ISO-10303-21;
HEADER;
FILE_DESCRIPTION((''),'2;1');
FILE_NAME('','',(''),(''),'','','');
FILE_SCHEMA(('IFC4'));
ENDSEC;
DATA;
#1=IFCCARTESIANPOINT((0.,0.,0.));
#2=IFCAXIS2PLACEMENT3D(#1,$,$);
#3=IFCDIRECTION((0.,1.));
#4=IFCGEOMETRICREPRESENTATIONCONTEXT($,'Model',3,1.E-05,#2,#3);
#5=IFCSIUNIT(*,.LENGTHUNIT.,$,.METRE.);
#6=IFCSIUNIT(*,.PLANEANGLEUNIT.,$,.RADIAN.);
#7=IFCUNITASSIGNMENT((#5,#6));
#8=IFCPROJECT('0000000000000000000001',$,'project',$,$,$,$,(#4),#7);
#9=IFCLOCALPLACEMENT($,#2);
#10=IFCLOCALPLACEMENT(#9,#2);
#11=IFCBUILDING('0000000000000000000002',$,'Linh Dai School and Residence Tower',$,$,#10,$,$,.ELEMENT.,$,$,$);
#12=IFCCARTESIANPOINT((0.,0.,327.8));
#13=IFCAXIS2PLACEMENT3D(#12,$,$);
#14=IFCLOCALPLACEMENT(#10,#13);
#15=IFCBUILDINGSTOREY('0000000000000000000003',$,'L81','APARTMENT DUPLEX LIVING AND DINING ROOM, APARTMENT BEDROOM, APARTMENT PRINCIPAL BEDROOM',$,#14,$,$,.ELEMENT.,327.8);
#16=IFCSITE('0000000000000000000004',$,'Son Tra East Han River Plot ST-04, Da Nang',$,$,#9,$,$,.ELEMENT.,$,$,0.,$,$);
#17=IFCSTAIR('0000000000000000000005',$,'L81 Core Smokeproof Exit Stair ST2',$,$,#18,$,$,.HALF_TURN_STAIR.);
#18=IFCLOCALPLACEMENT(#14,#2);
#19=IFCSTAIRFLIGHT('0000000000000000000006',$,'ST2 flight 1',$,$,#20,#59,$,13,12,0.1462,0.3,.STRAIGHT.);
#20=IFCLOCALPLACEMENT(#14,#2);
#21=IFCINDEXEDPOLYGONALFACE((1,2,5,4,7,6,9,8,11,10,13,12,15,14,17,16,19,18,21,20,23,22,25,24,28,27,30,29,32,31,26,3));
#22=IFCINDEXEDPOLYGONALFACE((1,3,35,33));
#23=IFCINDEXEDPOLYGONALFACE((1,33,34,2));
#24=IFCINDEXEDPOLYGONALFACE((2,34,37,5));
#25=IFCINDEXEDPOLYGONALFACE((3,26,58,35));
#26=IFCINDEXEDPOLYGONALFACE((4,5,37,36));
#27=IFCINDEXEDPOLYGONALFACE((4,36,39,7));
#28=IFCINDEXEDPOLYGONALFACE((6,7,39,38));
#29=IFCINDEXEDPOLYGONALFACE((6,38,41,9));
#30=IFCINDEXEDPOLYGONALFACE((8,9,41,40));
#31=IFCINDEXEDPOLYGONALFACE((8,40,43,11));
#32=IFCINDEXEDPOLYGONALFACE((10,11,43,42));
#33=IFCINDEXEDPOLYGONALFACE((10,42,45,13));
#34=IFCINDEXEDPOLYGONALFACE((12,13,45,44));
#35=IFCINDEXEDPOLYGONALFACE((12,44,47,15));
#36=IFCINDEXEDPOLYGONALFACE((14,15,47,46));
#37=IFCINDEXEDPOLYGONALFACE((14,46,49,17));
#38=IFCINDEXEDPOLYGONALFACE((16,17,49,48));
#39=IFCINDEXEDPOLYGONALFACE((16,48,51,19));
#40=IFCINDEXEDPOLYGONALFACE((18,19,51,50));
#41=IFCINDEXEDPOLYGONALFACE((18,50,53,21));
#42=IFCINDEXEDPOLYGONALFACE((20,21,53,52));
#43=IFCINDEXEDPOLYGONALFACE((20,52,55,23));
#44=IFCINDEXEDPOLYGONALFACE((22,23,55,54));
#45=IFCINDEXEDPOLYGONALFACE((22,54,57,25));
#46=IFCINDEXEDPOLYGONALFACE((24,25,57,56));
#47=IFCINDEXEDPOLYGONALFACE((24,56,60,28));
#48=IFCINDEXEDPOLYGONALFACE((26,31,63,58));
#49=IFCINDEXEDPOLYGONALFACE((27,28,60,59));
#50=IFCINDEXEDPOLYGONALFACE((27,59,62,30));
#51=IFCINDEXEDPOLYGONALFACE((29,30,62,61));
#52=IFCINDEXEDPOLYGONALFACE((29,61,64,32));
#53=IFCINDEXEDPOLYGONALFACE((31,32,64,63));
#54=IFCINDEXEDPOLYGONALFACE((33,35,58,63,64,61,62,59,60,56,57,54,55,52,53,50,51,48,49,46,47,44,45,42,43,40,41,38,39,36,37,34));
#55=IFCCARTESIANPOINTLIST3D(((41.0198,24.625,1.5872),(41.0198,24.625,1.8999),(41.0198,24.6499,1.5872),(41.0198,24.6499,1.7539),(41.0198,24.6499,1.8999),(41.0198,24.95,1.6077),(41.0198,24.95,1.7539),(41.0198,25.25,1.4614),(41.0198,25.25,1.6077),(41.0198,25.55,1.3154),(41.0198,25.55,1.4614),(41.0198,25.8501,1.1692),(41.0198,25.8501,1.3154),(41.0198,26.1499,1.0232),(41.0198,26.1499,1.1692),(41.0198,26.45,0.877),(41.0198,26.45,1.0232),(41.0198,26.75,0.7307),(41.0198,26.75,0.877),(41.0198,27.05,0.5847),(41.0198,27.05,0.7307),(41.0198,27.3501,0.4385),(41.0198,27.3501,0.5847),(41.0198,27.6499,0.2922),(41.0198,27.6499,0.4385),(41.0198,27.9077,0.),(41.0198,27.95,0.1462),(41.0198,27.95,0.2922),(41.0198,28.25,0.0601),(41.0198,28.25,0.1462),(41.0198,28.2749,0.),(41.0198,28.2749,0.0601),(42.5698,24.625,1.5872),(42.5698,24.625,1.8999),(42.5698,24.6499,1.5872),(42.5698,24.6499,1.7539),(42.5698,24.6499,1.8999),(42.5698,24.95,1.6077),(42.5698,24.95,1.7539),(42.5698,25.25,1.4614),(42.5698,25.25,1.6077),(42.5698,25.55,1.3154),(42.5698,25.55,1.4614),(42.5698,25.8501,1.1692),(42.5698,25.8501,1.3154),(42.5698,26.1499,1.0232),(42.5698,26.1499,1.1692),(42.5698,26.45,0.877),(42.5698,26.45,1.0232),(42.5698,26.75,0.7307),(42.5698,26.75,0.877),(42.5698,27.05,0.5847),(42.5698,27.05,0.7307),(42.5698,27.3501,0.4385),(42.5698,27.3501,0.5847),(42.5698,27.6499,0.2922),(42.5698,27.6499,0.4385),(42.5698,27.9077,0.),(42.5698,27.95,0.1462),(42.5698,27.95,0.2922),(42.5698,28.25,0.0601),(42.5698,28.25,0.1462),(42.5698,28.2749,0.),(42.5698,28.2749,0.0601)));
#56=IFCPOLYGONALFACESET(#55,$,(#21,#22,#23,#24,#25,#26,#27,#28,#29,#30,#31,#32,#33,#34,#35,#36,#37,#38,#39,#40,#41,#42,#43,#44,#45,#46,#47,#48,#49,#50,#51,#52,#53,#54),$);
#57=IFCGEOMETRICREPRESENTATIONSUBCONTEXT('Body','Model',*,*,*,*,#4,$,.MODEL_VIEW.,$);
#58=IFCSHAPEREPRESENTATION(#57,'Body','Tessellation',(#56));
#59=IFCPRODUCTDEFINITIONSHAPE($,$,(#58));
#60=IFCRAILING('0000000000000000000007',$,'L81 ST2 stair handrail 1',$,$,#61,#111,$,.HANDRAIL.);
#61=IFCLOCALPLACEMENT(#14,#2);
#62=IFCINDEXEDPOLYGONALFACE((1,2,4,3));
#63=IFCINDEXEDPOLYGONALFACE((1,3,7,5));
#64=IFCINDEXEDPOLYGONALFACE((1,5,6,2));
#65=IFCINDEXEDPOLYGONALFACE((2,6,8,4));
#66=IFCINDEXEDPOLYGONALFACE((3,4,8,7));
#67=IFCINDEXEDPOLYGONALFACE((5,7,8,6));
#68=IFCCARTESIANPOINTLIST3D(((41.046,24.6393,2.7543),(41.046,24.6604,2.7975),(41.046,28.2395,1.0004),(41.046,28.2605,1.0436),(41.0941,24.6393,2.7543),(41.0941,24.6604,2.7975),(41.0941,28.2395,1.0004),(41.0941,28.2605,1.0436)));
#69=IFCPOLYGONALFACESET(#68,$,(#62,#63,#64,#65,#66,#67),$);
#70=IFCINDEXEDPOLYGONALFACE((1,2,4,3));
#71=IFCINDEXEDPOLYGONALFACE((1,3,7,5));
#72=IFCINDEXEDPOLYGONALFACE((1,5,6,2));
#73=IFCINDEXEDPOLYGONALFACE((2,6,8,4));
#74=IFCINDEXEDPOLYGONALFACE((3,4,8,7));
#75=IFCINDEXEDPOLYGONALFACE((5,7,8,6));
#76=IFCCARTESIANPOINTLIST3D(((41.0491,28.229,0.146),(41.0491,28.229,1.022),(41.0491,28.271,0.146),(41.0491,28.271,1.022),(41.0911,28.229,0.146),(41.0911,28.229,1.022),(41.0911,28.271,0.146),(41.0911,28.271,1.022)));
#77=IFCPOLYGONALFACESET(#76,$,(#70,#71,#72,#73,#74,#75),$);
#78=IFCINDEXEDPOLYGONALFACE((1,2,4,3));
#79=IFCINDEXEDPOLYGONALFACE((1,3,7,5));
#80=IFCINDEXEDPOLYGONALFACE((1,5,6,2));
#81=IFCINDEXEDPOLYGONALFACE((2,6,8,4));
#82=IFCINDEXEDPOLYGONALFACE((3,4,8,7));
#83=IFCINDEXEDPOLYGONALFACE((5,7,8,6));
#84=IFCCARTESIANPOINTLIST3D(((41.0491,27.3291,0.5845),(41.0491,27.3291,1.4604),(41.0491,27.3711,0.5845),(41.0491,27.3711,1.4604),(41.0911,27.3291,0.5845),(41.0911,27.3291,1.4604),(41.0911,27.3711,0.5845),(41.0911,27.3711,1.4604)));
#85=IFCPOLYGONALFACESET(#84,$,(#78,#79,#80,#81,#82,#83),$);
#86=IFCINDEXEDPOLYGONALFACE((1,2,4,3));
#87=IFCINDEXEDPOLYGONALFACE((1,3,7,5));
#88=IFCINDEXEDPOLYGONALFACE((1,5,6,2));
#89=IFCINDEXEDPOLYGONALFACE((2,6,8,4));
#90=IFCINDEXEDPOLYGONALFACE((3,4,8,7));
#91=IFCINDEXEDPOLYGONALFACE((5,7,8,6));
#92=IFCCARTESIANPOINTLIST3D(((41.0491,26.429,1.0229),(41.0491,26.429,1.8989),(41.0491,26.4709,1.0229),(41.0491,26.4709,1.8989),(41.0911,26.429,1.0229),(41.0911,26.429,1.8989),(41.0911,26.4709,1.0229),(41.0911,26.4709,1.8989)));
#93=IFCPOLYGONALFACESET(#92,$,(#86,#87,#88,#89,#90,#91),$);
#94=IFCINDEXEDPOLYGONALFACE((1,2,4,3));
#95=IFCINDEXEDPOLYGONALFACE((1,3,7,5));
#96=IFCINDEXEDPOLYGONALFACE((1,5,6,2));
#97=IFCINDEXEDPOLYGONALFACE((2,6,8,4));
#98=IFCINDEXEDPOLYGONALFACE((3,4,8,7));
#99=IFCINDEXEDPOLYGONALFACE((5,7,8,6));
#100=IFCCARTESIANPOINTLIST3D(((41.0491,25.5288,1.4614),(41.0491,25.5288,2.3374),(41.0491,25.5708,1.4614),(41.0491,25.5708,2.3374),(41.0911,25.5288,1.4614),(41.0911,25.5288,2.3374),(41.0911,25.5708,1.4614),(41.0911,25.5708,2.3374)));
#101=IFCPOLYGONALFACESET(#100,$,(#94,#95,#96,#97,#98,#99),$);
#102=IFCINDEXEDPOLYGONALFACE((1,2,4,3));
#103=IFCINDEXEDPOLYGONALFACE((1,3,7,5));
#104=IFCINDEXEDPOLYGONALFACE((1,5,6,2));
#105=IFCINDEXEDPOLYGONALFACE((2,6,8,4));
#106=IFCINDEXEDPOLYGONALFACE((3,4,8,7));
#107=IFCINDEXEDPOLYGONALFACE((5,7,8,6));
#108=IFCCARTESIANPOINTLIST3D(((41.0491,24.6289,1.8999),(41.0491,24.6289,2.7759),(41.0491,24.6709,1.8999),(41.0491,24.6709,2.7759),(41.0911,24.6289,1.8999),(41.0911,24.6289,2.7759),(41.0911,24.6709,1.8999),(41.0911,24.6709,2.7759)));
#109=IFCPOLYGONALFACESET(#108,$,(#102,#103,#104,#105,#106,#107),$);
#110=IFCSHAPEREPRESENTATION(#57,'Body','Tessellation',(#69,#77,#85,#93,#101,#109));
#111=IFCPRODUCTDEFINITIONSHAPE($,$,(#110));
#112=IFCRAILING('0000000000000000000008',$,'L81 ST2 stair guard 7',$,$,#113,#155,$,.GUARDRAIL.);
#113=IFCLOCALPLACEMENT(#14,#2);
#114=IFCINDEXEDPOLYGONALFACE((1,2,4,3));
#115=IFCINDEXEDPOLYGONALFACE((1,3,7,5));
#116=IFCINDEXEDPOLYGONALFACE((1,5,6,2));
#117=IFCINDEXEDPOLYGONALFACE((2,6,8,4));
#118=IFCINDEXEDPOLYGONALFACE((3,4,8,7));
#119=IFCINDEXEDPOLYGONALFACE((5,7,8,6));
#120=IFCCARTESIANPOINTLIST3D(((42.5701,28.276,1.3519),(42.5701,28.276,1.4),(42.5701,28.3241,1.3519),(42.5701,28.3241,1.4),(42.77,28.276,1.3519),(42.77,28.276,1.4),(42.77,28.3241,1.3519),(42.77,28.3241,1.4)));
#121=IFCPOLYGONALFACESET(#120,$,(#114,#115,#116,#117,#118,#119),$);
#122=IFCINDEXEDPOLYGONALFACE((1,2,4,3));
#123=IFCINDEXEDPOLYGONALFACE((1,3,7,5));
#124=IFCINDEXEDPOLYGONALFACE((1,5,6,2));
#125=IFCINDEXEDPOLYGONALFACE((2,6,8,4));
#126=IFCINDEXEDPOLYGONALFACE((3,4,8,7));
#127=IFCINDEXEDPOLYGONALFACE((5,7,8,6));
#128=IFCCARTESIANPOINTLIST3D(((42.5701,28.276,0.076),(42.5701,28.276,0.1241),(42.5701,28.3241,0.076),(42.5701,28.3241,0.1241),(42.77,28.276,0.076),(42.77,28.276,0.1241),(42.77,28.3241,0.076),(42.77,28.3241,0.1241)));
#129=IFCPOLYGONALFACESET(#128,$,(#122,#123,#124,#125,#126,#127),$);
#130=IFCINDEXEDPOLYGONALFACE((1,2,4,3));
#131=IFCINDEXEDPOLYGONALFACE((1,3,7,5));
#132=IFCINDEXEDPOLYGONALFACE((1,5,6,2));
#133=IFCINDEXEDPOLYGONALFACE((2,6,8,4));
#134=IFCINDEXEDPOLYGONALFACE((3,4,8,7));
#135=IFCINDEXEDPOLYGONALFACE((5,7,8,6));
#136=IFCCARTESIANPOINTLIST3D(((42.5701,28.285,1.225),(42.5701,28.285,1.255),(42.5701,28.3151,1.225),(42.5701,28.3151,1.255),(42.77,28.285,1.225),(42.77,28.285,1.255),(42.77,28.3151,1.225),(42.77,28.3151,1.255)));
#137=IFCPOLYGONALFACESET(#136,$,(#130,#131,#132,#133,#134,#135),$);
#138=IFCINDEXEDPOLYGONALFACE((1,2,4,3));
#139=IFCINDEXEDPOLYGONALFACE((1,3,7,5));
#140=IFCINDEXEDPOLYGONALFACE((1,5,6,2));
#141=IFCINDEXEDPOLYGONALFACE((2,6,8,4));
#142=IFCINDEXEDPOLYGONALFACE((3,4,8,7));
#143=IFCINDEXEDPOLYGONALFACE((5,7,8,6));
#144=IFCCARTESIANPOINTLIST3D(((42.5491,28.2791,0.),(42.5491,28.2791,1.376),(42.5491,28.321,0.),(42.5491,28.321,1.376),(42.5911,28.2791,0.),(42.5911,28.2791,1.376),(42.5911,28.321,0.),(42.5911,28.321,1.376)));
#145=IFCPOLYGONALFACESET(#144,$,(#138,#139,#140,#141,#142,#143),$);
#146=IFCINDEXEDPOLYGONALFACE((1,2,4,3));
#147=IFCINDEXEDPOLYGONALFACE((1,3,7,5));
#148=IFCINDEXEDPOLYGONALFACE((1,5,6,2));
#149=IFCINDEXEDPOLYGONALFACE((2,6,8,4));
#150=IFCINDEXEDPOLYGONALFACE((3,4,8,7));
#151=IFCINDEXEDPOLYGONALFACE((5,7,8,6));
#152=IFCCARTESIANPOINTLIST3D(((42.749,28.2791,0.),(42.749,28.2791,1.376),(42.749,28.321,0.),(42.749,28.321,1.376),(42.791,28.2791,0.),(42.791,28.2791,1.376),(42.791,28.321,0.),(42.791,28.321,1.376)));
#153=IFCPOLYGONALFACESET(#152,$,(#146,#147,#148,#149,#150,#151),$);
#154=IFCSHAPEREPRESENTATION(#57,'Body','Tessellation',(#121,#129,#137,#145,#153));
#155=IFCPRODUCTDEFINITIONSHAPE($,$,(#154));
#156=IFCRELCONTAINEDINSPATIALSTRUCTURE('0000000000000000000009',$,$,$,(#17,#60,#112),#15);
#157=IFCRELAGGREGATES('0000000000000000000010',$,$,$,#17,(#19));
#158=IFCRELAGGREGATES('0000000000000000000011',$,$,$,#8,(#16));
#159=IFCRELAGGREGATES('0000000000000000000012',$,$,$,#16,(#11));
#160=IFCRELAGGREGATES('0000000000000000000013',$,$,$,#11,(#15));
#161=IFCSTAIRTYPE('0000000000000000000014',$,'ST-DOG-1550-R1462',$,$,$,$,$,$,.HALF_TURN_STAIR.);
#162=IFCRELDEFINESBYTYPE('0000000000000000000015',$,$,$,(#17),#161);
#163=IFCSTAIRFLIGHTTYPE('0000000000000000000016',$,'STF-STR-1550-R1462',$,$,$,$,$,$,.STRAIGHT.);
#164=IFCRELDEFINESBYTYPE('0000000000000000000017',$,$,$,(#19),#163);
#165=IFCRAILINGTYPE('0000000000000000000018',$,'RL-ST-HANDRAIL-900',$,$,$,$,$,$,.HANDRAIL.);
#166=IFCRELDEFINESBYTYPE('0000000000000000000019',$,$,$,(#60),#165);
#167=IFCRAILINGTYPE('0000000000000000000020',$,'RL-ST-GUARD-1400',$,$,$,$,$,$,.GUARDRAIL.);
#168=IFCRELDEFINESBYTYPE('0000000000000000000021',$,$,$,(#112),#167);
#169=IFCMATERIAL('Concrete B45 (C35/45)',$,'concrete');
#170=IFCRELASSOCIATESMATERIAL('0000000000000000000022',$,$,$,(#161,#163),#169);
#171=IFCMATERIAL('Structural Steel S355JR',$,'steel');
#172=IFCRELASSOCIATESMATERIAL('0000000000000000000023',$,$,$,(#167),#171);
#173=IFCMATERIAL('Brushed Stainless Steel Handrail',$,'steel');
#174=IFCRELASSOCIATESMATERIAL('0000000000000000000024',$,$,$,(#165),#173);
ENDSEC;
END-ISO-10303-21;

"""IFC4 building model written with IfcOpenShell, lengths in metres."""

from ifc_helpers import new_model, si_unit, direction, frame, origin, origin_2d, place, context, subcontext, project, spatial, polyline, rectangle, outline, extrude, source, transform, mapped, material, type_object, element, aggregate, save


model = new_model("IFC4")

# Units and contexts
model_context = context("Model", 3, precision=1e-05, world=origin(), true_north=direction((0.0, 1.0)))
body_context = subcontext(model_context, "Body", "Model", "MODEL_VIEW")
ifc_project = project(units=[si_unit("LENGTHUNIT", "METRE"), si_unit("PLANEANGLEUNIT", "RADIAN")], contexts=[model_context])

# Site, building, storey
site_placement = place(None, origin())
site = spatial("IfcSite", under=ifc_project, at=site_placement, Name="Son Tra East Han River Plot ST-04, Da Nang", CompositionType="ELEMENT", RefElevation=0.0)
building_placement = place(site_placement, origin())
building = spatial("IfcBuilding", under=site, at=building_placement, Name="Linh Dai School and Residence Tower", CompositionType="ELEMENT")
storey_placement = place(building_placement, frame((0.0, 0.0, 327.8)))
storey = spatial("IfcBuildingStorey", under=building, at=storey_placement, Name="L81", Description="APARTMENT DUPLEX LIVING AND DINING ROOM, APARTMENT BEDROOM, APARTMENT PRINCIPAL BEDROOM", CompositionType="ELEMENT", Elevation=327.8)

# Shared definitions
ifc_material_1 = material(Name="Structural Steel S355JR", Category="steel")

# Shared definitions
ifc_material_2 = material(Name="Concrete B45 (C35/45)", Category="concrete")

# Stair, stair flight
stair_type = type_object("IfcStairType", Name="ST-DOG-1550-R1462", PredefinedType="HALF_TURN_STAIR", material=ifc_material_2)
stair_placement = place(storey_placement, origin())
stair = element("IfcStair", 1, at=stair_placement, inside=storey, type_object=stair_type, Name="L81 Core Smokeproof Exit Stair ST2", PredefinedType="HALF_TURN_STAIR")
stair_flight_type = type_object("IfcStairFlightType", Name="STF-STR-1550-R1462", PredefinedType="STRAIGHT", material=ifc_material_2)
shared_shape_1 = source(origin(), body_context, "Body", "SweptSolid", [
    extrude(outline(polyline([(-0.0249, 0.0), (-0.0249, 0.0601), (0.0, 0.0601), (0.0, 0.1462), (0.3, 0.1462), (0.3, 0.2922), (0.6001, 0.2922), (0.6001, 0.4385), (0.8999, 0.4385), (0.8999, 0.5847), (1.2, 0.5847), (1.2, 0.7307), (1.5, 0.7307), (1.5, 0.877), (1.8, 0.877), (1.8, 1.0232), (2.1001, 1.0232), (2.1001, 1.1692), (2.3999, 1.1692), (2.3999, 1.3154), (2.7, 1.3154), (2.7, 1.4614), (3.0, 1.4614), (3.0, 1.6077), (3.3, 1.6077), (3.3, 1.7539), (3.6001, 1.7539), (3.6001, 1.8999), (3.625, 1.8999), (3.625, 1.5872), (3.6001, 1.5872), (0.3423, 0.0), (-0.0249, 0.0)])), frame((0.0, 0.7749, 0.0), z_axis=(0.0, -1.0, 0.0), x_axis=(1.0, 0.0, 0.0)), (0.0, 0.0, 1.0), 1.55),
])
stair_flight_placement = place(storey_placement, frame((41.7949, 28.25, 0.0), z_axis=(0.0, 0.0, 1.0), x_axis=(0.0, -1.0, 0.0)))
stair_flight = element("IfcStairFlight", 2, at=stair_flight_placement, type_object=stair_flight_type, Name="ST2 flight 1", NumberOfRisers=13, NumberOfTreads=12, PredefinedType="STRAIGHT", RiserHeight=0.1462, TreadLength=0.3, context=body_context, shape_type="MappedRepresentation", body=[
    mapped(shared_shape_1, transform((0.0, 0.0, 0.0), x_axis=(1.0, 0.0, 0.0), y_axis=(0.0, 1.0, 0.0), z_axis=(0.0, 0.0, 1.0), scale=1.0)),
])
aggregate(stair, [stair_flight])

# Railings
railing_type_1 = type_object("IfcRailingType", Name="RL-ST-GUARD-1400", PredefinedType="GUARDRAIL", material=ifc_material_1)
ifc_material_3 = material(Name="Brushed Stainless Steel Handrail", Category="steel")
railing_type_2 = type_object("IfcRailingType", Name="RL-ST-HANDRAIL-900", PredefinedType="HANDRAIL", material=ifc_material_3)
shared_shape_2 = source(origin(), body_context, "Body", "SweptSolid", [
    extrude(rectangle(XDim=0.0481, YDim=0.0481, at=origin_2d()), frame((0.0, 0.0, 0.876), z_axis=(0.0, -0.898989, 0.437972), x_axis=(1.0, 0.0, 0.0)), (0.0, 0.0, 1.0), 4.0046),
    extrude(rectangle(XDim=0.042, YDim=0.042, at=origin_2d()), origin(), (0.0, 0.0, 1.0), 0.876),
    extrude(rectangle(XDim=0.042, YDim=0.042, at=origin_2d()), frame((0.0, -0.8999, 0.4385)), (0.0, 0.0, 1.0), 0.876),
    extrude(rectangle(XDim=0.042, YDim=0.042, at=origin_2d()), frame((0.0, -1.8, 0.877)), (0.0, 0.0, 1.0), 0.876),
    extrude(rectangle(XDim=0.042, YDim=0.042, at=origin_2d()), frame((0.0, -2.7002, 1.3154)), (0.0, 0.0, 1.0), 0.876),
    extrude(rectangle(XDim=0.042, YDim=0.042, at=origin_2d()), frame((0.0, -3.6001, 1.7539)), (0.0, 0.0, 1.0), 0.876),
])
railing_1_placement = place(storey_placement, frame((41.0701, 28.25, 0.146)))
element("IfcRailing", 3, at=railing_1_placement, inside=storey, type_object=railing_type_2, Name="L81 ST2 stair handrail 1", PredefinedType="HANDRAIL", context=body_context, shape_type="MappedRepresentation", body=[
    mapped(shared_shape_2, transform((0.0, 0.0, 0.0), x_axis=(1.0, 0.0, 0.0), y_axis=(0.0, 1.0, 0.0), z_axis=(0.0, 0.0, 1.0), scale=1.0)),
])
shared_shape_3 = source(origin(), body_context, "Body", "SweptSolid", [
    extrude(rectangle(XDim=0.0481, YDim=0.0481, at=origin_2d()), frame((0.0, 0.0, 1.376), z_axis=(1.0, 0.0, 0.0), x_axis=(0.0, 1.0, 0.0)), (0.0, 0.0, 1.0), 0.2),
    extrude(rectangle(XDim=0.0481, YDim=0.0481, at=origin_2d()), frame((0.0, 0.0, 0.1001), z_axis=(1.0, 0.0, 0.0), x_axis=(0.0, 1.0, 0.0)), (0.0, 0.0, 1.0), 0.2),
    extrude(rectangle(XDim=0.03, YDim=0.03, at=origin_2d()), frame((0.0, 0.0, 1.24), z_axis=(1.0, 0.0, 0.0), x_axis=(0.0, 1.0, 0.0)), (0.0, 0.0, 1.0), 0.2),
    extrude(rectangle(XDim=0.042, YDim=0.042, at=origin_2d()), origin(), (0.0, 0.0, 1.0), 1.376),
    extrude(rectangle(XDim=0.042, YDim=0.042, at=origin_2d()), frame((0.2, 0.0, 0.0)), (0.0, 0.0, 1.0), 1.376),
])
railing_2_placement = place(storey_placement, frame((42.5701, 28.3, 0.0)))
element("IfcRailing", 4, at=railing_2_placement, inside=storey, type_object=railing_type_1, Name="L81 ST2 stair guard 7", PredefinedType="GUARDRAIL", context=body_context, shape_type="MappedRepresentation", body=[
    mapped(shared_shape_3, transform((0.0, 0.0, 0.0), x_axis=(1.0, 0.0, 0.0), y_axis=(0.0, 1.0, 0.0), z_axis=(0.0, 0.0, 1.0), scale=1.0)),
])

save(model, "model.ifc")
